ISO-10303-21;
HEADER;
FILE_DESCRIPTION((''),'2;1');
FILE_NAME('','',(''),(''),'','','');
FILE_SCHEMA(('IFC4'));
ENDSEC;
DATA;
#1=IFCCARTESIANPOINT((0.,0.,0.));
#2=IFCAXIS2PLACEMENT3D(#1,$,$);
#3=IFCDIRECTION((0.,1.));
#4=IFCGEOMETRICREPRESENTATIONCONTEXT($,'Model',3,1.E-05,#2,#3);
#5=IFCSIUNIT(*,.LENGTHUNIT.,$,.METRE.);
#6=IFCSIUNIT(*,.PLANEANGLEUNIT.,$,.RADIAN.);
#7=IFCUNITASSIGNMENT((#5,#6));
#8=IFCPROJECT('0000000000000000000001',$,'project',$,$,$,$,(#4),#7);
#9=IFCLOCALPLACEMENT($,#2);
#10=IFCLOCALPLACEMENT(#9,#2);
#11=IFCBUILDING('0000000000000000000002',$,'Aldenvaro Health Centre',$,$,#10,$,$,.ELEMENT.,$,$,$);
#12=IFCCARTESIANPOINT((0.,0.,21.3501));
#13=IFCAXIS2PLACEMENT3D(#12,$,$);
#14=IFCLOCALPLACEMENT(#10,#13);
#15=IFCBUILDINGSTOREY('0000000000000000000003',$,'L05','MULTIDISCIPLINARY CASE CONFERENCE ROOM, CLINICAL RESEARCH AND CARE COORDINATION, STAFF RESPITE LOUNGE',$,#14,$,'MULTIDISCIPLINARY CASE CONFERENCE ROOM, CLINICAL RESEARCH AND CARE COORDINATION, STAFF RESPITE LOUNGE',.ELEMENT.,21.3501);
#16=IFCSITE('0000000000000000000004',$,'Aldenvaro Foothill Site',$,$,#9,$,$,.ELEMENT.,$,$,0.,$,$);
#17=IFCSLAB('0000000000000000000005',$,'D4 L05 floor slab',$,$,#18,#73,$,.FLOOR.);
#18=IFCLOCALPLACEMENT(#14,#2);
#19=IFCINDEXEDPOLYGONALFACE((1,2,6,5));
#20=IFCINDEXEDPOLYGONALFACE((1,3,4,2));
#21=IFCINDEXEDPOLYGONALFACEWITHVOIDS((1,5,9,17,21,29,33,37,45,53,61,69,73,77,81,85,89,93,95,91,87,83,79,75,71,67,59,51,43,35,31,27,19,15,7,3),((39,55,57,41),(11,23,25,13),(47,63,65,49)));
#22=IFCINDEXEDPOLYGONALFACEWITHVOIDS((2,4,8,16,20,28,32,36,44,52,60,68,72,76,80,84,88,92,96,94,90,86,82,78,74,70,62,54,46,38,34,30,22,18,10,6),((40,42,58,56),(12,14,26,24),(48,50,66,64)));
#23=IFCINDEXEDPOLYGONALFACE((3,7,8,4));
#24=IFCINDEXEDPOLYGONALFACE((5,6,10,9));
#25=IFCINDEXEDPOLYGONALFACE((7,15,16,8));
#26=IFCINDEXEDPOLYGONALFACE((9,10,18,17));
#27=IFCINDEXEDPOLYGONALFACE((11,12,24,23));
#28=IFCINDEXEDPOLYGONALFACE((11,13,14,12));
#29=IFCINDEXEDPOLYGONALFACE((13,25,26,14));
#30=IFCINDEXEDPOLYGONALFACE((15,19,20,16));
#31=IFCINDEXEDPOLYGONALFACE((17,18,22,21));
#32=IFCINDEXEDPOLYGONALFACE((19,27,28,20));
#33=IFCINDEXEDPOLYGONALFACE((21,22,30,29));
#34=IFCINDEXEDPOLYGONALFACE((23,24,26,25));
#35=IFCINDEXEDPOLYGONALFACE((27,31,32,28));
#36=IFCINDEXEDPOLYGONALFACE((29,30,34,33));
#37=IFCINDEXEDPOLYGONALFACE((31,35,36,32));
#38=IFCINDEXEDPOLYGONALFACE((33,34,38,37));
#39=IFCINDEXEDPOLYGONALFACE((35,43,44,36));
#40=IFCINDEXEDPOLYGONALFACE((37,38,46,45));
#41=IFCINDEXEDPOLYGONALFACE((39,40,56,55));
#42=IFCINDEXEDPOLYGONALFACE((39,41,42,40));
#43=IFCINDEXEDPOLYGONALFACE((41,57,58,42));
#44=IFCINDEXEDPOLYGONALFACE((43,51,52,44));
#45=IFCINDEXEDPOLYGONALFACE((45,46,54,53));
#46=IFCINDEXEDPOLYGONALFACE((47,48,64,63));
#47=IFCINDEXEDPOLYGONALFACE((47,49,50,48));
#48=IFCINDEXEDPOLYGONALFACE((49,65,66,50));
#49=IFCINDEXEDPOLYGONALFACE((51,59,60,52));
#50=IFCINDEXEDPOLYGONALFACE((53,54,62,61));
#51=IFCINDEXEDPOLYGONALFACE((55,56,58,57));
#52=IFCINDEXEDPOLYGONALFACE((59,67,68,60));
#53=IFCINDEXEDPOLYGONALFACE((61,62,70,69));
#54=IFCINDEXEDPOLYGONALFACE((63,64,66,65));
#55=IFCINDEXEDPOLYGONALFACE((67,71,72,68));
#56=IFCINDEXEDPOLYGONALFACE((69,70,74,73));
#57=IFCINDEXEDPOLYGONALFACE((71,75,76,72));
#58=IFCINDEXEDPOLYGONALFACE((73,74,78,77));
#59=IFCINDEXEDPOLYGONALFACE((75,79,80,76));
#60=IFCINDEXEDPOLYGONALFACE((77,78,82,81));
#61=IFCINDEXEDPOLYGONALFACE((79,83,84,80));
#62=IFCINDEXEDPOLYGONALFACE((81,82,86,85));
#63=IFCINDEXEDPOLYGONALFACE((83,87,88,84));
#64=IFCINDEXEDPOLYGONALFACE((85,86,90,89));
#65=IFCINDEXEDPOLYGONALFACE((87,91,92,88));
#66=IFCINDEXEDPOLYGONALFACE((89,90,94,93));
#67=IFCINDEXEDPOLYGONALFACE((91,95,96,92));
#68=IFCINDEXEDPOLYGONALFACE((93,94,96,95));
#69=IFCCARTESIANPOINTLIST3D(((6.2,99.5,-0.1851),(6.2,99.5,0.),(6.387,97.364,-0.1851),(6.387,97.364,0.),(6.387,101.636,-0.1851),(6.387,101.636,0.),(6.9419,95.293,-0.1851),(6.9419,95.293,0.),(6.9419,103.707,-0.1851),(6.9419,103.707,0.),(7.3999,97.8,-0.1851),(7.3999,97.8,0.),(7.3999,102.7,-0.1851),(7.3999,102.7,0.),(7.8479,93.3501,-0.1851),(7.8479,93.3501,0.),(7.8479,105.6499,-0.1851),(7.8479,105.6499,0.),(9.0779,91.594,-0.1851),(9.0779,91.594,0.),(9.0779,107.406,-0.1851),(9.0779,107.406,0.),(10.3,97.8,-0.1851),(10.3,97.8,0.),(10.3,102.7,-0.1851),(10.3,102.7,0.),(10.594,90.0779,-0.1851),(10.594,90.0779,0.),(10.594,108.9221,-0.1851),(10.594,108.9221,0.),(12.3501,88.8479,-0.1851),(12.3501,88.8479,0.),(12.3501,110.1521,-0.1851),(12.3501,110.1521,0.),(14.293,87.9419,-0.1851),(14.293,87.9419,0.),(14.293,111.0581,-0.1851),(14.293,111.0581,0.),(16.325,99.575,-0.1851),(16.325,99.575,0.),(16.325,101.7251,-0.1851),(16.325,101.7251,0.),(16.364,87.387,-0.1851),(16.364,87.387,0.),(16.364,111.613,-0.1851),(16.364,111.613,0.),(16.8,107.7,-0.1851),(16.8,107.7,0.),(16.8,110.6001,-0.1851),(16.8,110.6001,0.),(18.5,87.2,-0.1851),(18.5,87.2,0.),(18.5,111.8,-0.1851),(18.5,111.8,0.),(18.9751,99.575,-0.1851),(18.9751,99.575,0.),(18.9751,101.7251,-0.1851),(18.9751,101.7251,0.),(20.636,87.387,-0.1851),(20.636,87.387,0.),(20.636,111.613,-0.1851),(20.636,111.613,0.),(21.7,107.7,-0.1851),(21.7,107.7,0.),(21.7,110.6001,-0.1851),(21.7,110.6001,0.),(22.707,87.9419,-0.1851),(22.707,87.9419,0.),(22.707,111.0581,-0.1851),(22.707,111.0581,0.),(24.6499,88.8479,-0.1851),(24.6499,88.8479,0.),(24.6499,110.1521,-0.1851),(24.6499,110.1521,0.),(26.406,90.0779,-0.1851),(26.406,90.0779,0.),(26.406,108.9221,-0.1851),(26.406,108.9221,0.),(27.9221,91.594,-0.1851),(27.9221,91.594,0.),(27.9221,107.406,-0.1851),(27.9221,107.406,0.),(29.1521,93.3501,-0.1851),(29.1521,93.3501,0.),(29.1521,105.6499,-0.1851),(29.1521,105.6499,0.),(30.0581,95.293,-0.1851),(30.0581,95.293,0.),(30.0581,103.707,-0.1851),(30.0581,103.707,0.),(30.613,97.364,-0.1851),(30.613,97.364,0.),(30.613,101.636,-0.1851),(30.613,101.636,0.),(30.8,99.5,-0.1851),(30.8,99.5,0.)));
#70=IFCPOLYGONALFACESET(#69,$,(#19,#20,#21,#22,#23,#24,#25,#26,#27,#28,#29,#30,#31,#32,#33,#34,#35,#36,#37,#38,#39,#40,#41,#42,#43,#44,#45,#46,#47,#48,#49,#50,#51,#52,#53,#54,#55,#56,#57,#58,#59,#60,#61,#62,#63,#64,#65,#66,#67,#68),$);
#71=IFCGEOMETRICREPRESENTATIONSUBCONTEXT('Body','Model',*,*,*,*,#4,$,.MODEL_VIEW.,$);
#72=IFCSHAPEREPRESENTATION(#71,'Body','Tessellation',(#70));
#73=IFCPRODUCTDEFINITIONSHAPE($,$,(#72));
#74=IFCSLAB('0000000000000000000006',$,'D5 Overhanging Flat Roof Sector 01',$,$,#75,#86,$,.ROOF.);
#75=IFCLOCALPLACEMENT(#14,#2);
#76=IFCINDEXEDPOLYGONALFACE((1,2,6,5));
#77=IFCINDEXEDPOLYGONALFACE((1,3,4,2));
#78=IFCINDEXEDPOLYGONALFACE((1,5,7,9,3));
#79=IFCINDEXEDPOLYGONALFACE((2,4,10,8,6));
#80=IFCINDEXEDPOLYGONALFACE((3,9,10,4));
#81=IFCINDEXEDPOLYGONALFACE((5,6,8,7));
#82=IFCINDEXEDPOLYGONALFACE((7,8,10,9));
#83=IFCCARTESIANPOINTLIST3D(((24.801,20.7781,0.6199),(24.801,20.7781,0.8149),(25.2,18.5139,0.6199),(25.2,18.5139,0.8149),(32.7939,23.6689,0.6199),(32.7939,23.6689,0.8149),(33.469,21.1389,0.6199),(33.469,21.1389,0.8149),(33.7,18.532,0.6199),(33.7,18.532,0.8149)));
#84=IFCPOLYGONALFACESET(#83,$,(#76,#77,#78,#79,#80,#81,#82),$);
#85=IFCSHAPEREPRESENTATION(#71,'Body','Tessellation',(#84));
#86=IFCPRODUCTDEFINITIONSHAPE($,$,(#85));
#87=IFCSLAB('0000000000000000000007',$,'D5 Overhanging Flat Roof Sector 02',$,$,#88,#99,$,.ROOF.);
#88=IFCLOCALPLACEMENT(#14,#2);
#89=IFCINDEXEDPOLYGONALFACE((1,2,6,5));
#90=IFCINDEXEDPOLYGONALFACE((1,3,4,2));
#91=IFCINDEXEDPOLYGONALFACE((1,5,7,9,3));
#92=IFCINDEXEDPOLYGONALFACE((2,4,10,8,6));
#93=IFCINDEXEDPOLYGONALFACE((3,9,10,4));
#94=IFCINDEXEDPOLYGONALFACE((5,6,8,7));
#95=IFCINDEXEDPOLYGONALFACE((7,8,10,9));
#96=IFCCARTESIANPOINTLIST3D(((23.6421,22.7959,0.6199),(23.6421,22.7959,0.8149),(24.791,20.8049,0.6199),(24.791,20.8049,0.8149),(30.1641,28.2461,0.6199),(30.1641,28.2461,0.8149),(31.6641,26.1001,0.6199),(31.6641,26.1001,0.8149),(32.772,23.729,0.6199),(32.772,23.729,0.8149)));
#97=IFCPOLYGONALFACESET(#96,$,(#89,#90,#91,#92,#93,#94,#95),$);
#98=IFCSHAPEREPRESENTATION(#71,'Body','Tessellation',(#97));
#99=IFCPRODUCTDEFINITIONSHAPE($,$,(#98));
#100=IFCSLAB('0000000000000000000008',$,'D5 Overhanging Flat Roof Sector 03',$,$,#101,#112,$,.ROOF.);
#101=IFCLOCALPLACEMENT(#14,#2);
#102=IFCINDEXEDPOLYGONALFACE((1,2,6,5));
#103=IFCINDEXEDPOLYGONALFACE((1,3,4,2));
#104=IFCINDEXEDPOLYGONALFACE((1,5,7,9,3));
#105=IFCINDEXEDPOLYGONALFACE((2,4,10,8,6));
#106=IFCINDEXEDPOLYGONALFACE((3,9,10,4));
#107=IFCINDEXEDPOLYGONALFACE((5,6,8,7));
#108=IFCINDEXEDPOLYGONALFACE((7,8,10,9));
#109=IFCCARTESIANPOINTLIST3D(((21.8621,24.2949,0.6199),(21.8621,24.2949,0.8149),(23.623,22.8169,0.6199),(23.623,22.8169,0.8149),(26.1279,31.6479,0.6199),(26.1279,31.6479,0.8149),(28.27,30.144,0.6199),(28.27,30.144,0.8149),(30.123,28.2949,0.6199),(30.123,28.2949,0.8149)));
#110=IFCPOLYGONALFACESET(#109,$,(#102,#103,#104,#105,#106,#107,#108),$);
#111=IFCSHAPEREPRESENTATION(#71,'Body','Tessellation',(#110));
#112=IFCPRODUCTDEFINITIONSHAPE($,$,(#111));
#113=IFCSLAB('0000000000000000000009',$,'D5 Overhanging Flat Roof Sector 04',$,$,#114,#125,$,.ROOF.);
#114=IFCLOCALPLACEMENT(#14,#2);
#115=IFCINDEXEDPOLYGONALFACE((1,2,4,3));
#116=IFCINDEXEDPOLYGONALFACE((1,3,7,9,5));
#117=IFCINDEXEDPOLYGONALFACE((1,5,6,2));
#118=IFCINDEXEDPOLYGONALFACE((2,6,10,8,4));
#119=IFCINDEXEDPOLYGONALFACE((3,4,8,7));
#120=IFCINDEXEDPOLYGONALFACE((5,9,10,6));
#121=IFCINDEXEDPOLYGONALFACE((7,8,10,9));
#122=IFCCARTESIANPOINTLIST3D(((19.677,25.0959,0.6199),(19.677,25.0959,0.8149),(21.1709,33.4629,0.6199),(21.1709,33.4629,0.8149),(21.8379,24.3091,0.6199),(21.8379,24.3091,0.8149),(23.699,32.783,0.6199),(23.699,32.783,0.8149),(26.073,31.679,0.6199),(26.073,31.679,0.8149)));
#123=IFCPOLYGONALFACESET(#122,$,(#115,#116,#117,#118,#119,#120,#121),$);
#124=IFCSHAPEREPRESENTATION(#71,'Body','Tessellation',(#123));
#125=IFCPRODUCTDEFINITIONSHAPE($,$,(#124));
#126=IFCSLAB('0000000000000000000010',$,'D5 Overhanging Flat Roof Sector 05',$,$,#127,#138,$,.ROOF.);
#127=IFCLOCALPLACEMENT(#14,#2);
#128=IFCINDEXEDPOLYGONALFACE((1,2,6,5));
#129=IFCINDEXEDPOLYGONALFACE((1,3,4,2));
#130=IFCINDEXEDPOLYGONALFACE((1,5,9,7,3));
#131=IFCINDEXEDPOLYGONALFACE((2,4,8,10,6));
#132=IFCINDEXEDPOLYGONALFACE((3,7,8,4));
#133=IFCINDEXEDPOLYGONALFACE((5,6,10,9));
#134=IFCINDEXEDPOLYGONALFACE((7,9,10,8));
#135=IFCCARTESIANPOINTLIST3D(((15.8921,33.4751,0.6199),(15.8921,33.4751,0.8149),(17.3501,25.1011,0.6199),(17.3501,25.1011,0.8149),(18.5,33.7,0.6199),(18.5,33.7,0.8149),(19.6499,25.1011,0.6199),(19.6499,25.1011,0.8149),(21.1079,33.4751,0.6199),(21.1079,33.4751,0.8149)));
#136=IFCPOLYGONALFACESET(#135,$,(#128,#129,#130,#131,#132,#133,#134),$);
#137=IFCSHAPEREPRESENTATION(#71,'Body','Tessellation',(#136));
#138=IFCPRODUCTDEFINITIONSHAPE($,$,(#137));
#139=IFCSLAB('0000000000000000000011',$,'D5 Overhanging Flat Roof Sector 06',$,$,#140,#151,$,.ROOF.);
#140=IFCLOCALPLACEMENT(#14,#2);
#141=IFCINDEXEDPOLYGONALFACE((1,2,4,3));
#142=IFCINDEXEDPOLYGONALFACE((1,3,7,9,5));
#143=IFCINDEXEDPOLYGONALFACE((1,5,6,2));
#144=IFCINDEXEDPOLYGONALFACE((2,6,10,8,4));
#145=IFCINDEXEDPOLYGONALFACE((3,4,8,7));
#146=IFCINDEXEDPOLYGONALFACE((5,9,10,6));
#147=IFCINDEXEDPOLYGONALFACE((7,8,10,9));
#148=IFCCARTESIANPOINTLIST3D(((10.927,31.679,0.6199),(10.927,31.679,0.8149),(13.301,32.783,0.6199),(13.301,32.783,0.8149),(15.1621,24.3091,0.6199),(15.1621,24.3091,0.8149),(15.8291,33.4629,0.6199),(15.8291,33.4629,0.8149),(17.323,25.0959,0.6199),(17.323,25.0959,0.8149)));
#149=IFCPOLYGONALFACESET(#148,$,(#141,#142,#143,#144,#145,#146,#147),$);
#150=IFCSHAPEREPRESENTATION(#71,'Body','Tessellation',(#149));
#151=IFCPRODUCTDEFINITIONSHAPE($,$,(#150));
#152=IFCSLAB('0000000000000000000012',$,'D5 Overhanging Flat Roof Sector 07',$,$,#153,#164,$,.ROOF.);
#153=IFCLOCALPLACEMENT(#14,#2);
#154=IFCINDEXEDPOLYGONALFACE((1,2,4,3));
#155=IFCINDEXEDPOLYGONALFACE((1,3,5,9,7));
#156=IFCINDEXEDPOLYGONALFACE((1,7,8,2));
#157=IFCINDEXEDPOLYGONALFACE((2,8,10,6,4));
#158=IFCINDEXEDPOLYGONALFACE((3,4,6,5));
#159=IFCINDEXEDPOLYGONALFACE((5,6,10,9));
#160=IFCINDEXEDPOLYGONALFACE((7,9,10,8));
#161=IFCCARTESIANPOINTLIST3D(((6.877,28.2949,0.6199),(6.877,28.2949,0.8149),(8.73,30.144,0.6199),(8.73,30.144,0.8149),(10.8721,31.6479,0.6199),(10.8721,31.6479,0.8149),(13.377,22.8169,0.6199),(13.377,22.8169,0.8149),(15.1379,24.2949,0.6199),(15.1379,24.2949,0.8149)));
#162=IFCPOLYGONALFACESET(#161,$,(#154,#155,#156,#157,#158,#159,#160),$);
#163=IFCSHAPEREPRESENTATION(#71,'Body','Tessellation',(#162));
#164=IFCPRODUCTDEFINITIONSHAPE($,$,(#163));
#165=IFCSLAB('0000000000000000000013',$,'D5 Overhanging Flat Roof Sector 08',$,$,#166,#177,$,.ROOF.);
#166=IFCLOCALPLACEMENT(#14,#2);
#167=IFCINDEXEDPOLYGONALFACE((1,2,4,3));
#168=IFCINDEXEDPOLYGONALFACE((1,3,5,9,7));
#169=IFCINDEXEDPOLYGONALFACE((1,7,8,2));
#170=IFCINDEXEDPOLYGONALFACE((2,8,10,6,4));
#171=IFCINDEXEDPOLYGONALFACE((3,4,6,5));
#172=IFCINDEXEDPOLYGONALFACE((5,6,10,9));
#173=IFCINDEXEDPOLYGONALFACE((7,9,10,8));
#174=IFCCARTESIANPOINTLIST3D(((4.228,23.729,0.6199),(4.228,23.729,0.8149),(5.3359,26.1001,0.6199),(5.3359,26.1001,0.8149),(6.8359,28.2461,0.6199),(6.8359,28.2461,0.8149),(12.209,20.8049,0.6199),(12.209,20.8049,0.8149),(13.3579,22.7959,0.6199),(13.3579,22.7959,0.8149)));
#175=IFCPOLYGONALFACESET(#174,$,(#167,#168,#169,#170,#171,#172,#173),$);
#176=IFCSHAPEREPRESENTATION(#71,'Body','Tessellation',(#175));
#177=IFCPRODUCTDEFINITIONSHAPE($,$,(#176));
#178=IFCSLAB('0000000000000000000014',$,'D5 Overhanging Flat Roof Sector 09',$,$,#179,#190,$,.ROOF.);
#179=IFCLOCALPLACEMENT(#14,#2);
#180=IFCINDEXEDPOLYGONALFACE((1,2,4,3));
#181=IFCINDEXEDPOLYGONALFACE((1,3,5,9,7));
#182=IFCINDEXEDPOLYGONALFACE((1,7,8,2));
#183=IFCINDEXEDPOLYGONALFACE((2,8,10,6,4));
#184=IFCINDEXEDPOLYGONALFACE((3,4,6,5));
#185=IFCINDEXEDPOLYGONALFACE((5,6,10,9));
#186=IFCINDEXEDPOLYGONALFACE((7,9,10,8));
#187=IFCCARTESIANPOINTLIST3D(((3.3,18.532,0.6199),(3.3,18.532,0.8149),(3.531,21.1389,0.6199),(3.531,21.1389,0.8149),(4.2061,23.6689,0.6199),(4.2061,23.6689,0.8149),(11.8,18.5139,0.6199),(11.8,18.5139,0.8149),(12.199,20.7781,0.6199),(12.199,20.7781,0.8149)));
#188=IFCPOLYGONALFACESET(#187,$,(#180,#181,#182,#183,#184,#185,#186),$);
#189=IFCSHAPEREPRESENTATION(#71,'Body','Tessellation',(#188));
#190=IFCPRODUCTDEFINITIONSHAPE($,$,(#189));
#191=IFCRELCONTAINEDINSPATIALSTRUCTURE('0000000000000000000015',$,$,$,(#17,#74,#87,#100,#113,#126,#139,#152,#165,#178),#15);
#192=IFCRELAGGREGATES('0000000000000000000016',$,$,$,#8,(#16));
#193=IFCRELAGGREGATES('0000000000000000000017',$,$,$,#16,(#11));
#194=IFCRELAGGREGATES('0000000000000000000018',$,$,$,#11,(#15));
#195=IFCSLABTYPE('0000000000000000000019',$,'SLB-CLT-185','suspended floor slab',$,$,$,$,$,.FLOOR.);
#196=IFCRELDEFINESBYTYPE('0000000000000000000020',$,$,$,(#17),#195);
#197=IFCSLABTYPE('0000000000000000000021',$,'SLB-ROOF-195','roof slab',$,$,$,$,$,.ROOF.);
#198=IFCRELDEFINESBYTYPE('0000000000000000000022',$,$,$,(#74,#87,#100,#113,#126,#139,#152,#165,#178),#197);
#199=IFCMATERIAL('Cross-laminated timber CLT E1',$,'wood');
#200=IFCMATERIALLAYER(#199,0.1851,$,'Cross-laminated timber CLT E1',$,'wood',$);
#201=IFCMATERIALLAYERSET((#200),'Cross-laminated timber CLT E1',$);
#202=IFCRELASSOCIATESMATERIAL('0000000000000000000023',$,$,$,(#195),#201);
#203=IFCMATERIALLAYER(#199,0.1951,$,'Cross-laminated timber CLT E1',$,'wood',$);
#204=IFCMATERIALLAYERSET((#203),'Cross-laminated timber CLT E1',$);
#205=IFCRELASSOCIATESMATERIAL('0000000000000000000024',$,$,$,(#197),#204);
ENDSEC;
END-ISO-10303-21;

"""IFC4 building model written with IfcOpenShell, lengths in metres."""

from ifc_helpers import new_model, si_unit, direction, frame, origin, place, context, subcontext, project, spatial, polyline, outline, extrude, material, layer, layer_set, type_object, element, save


model = new_model("IFC4")

# Units and contexts
model_context = context("Model", 3, precision=1e-05, world=origin(), true_north=direction((0.0, 1.0)))
body_context = subcontext(model_context, "Body", "Model", "MODEL_VIEW")
ifc_project = project(units=[si_unit("LENGTHUNIT", "METRE"), si_unit("PLANEANGLEUNIT", "RADIAN")], contexts=[model_context])

# Site, building, storey
site_placement = place(None, origin())
site = spatial("IfcSite", under=ifc_project, at=site_placement, Name="Aldenvaro Foothill Site", CompositionType="ELEMENT", RefElevation=0.0)
building_placement = place(site_placement, origin())
building = spatial("IfcBuilding", under=site, at=building_placement, Name="Aldenvaro Health Centre", CompositionType="ELEMENT")
storey_placement = place(building_placement, frame((0.0, 0.0, 21.3501)))
storey = spatial("IfcBuildingStorey", under=building, at=storey_placement, Name="L05", Description="MULTIDISCIPLINARY CASE CONFERENCE ROOM, CLINICAL RESEARCH AND CARE COORDINATION, STAFF RESPITE LOUNGE", LongName="MULTIDISCIPLINARY CASE CONFERENCE ROOM, CLINICAL RESEARCH AND CARE COORDINATION, STAFF RESPITE LOUNGE", CompositionType="ELEMENT", Elevation=21.3501)

# Slabs
ifc_material_1 = material(Name="Cross-laminated timber CLT E1", Category="wood")
ifc_layer_1 = layer(ifc_material_1, 0.1851, Name="Cross-laminated timber CLT E1", Category="wood")
ifc_layer_set_1 = layer_set([ifc_layer_1], Name="Cross-laminated timber CLT E1")
slab_type_1 = type_object("IfcSlabType", Name="SLB-CLT-185", Description="suspended floor slab", PredefinedType="FLOOR", material=ifc_layer_set_1)
slab_1_placement = place(storey_placement, frame((0.0, 0.0, -0.1851)))
element("IfcSlab", 1, at=slab_1_placement, inside=storey, type_object=slab_type_1, Name="D4 L05 floor slab", PredefinedType="FLOOR", context=body_context, shape_type="SweptSolid", body=[
    extrude(outline(polyline([(30.8, 99.5), (30.613, 101.636), (30.0581, 103.707), (29.1521, 105.6499), (27.9221, 107.406), (26.406, 108.9221), (24.6499, 110.1521), (22.707, 111.0581), (20.636, 111.613), (18.5, 111.8), (16.364, 111.613), (14.293, 111.0581), (12.3501, 110.1521), (10.594, 108.9221), (9.0779, 107.406), (7.8479, 105.6499), (6.9419, 103.707), (6.387, 101.636), (6.2, 99.5), (6.387, 97.364), (6.9419, 95.293), (7.8479, 93.3501), (9.0779, 91.594), (10.594, 90.0779), (12.3501, 88.8479), (14.293, 87.9419), (16.364, 87.387), (18.5, 87.2), (20.636, 87.387), (22.707, 87.9419), (24.6499, 88.8479), (26.406, 90.0779), (27.9221, 91.594), (29.1521, 93.3501), (30.0581, 95.293), (30.613, 97.364), (30.8, 99.5)]), holes=[polyline([(16.8, 107.7), (21.7, 107.7), (21.7, 110.6001), (16.8, 110.6001), (16.8, 107.7)]), polyline([(10.3, 97.8), (10.3, 102.7), (7.3999, 102.7), (7.3999, 97.8), (10.3, 97.8)]), polyline([(16.325, 99.575), (18.9751, 99.575), (18.9751, 101.7251), (16.325, 101.7251), (16.325, 99.575)])]), origin(), (0.0, 0.0, 1.0), 0.1851),
])
ifc_layer_2 = layer(ifc_material_1, 0.1951, Name="Cross-laminated timber CLT E1", Category="wood")
ifc_layer_set_2 = layer_set([ifc_layer_2], Name="Cross-laminated timber CLT E1")
slab_type_2 = type_object("IfcSlabType", Name="SLB-ROOF-195", Description="roof slab", PredefinedType="ROOF", material=ifc_layer_set_2)
slab_2_placement = place(storey_placement, frame((0.0, 0.0, 0.6199)))
element("IfcSlab", 2, at=slab_2_placement, inside=storey, type_object=slab_type_2, Name="D5 Overhanging Flat Roof Sector 01", PredefinedType="ROOF", context=body_context, shape_type="SweptSolid", body=[
    extrude(outline(polyline([(33.7, 18.532), (33.469, 21.1389), (32.7939, 23.6689), (24.801, 20.7781), (25.2, 18.5139), (33.7, 18.532)])), origin(), (0.0, 0.0, 1.0), 0.1951),
])
slab_3_placement = place(storey_placement, frame((0.0, 0.0, 0.6199)))
element("IfcSlab", 3, at=slab_3_placement, inside=storey, type_object=slab_type_2, Name="D5 Overhanging Flat Roof Sector 02", PredefinedType="ROOF", context=body_context, shape_type="SweptSolid", body=[
    extrude(outline(polyline([(32.772, 23.729), (31.6641, 26.1001), (30.1641, 28.2461), (23.6421, 22.7959), (24.791, 20.8049), (32.772, 23.729)])), origin(), (0.0, 0.0, 1.0), 0.1951),
])
slab_4_placement = place(storey_placement, frame((0.0, 0.0, 0.6199)))
element("IfcSlab", 4, at=slab_4_placement, inside=storey, type_object=slab_type_2, Name="D5 Overhanging Flat Roof Sector 03", PredefinedType="ROOF", context=body_context, shape_type="SweptSolid", body=[
    extrude(outline(polyline([(30.123, 28.2949), (28.27, 30.144), (26.1279, 31.6479), (21.8621, 24.2949), (23.623, 22.8169), (30.123, 28.2949)])), origin(), (0.0, 0.0, 1.0), 0.1951),
])
slab_5_placement = place(storey_placement, frame((0.0, 0.0, 0.6199)))
element("IfcSlab", 5, at=slab_5_placement, inside=storey, type_object=slab_type_2, Name="D5 Overhanging Flat Roof Sector 04", PredefinedType="ROOF", context=body_context, shape_type="SweptSolid", body=[
    extrude(outline(polyline([(26.073, 31.679), (23.699, 32.783), (21.1709, 33.4629), (19.677, 25.0959), (21.8379, 24.3091), (26.073, 31.679)])), origin(), (0.0, 0.0, 1.0), 0.1951),
])
slab_6_placement = place(storey_placement, frame((0.0, 0.0, 0.6199)))
element("IfcSlab", 6, at=slab_6_placement, inside=storey, type_object=slab_type_2, Name="D5 Overhanging Flat Roof Sector 05", PredefinedType="ROOF", context=body_context, shape_type="SweptSolid", body=[
    extrude(outline(polyline([(21.1079, 33.4751), (18.5, 33.7), (15.8921, 33.4751), (17.3501, 25.1011), (19.6499, 25.1011), (21.1079, 33.4751)])), origin(), (0.0, 0.0, 1.0), 0.1951),
])
slab_7_placement = place(storey_placement, frame((0.0, 0.0, 0.6199)))
element("IfcSlab", 7, at=slab_7_placement, inside=storey, type_object=slab_type_2, Name="D5 Overhanging Flat Roof Sector 06", PredefinedType="ROOF", context=body_context, shape_type="SweptSolid", body=[
    extrude(outline(polyline([(15.8291, 33.4629), (13.301, 32.783), (10.927, 31.679), (15.1621, 24.3091), (17.323, 25.0959), (15.8291, 33.4629)])), origin(), (0.0, 0.0, 1.0), 0.1951),
])
slab_8_placement = place(storey_placement, frame((0.0, 0.0, 0.6199)))
element("IfcSlab", 8, at=slab_8_placement, inside=storey, type_object=slab_type_2, Name="D5 Overhanging Flat Roof Sector 07", PredefinedType="ROOF", context=body_context, shape_type="SweptSolid", body=[
    extrude(outline(polyline([(10.8721, 31.6479), (8.73, 30.144), (6.877, 28.2949), (13.377, 22.8169), (15.1379, 24.2949), (10.8721, 31.6479)])), origin(), (0.0, 0.0, 1.0), 0.1951),
])
slab_9_placement = place(storey_placement, frame((0.0, 0.0, 0.6199)))
element("IfcSlab", 9, at=slab_9_placement, inside=storey, type_object=slab_type_2, Name="D5 Overhanging Flat Roof Sector 08", PredefinedType="ROOF", context=body_context, shape_type="SweptSolid", body=[
    extrude(outline(polyline([(6.8359, 28.2461), (5.3359, 26.1001), (4.228, 23.729), (12.209, 20.8049), (13.3579, 22.7959), (6.8359, 28.2461)])), origin(), (0.0, 0.0, 1.0), 0.1951),
])
slab_10_placement = place(storey_placement, frame((0.0, 0.0, 0.6199)))
element("IfcSlab", 10, at=slab_10_placement, inside=storey, type_object=slab_type_2, Name="D5 Overhanging Flat Roof Sector 09", PredefinedType="ROOF", context=body_context, shape_type="SweptSolid", body=[
    extrude(outline(polyline([(4.2061, 23.6689), (3.531, 21.1389), (3.3, 18.532), (11.8, 18.5139), (12.199, 20.7781), (4.2061, 23.6689)])), origin(), (0.0, 0.0, 1.0), 0.1951),
])

save(model, "model.ifc")
